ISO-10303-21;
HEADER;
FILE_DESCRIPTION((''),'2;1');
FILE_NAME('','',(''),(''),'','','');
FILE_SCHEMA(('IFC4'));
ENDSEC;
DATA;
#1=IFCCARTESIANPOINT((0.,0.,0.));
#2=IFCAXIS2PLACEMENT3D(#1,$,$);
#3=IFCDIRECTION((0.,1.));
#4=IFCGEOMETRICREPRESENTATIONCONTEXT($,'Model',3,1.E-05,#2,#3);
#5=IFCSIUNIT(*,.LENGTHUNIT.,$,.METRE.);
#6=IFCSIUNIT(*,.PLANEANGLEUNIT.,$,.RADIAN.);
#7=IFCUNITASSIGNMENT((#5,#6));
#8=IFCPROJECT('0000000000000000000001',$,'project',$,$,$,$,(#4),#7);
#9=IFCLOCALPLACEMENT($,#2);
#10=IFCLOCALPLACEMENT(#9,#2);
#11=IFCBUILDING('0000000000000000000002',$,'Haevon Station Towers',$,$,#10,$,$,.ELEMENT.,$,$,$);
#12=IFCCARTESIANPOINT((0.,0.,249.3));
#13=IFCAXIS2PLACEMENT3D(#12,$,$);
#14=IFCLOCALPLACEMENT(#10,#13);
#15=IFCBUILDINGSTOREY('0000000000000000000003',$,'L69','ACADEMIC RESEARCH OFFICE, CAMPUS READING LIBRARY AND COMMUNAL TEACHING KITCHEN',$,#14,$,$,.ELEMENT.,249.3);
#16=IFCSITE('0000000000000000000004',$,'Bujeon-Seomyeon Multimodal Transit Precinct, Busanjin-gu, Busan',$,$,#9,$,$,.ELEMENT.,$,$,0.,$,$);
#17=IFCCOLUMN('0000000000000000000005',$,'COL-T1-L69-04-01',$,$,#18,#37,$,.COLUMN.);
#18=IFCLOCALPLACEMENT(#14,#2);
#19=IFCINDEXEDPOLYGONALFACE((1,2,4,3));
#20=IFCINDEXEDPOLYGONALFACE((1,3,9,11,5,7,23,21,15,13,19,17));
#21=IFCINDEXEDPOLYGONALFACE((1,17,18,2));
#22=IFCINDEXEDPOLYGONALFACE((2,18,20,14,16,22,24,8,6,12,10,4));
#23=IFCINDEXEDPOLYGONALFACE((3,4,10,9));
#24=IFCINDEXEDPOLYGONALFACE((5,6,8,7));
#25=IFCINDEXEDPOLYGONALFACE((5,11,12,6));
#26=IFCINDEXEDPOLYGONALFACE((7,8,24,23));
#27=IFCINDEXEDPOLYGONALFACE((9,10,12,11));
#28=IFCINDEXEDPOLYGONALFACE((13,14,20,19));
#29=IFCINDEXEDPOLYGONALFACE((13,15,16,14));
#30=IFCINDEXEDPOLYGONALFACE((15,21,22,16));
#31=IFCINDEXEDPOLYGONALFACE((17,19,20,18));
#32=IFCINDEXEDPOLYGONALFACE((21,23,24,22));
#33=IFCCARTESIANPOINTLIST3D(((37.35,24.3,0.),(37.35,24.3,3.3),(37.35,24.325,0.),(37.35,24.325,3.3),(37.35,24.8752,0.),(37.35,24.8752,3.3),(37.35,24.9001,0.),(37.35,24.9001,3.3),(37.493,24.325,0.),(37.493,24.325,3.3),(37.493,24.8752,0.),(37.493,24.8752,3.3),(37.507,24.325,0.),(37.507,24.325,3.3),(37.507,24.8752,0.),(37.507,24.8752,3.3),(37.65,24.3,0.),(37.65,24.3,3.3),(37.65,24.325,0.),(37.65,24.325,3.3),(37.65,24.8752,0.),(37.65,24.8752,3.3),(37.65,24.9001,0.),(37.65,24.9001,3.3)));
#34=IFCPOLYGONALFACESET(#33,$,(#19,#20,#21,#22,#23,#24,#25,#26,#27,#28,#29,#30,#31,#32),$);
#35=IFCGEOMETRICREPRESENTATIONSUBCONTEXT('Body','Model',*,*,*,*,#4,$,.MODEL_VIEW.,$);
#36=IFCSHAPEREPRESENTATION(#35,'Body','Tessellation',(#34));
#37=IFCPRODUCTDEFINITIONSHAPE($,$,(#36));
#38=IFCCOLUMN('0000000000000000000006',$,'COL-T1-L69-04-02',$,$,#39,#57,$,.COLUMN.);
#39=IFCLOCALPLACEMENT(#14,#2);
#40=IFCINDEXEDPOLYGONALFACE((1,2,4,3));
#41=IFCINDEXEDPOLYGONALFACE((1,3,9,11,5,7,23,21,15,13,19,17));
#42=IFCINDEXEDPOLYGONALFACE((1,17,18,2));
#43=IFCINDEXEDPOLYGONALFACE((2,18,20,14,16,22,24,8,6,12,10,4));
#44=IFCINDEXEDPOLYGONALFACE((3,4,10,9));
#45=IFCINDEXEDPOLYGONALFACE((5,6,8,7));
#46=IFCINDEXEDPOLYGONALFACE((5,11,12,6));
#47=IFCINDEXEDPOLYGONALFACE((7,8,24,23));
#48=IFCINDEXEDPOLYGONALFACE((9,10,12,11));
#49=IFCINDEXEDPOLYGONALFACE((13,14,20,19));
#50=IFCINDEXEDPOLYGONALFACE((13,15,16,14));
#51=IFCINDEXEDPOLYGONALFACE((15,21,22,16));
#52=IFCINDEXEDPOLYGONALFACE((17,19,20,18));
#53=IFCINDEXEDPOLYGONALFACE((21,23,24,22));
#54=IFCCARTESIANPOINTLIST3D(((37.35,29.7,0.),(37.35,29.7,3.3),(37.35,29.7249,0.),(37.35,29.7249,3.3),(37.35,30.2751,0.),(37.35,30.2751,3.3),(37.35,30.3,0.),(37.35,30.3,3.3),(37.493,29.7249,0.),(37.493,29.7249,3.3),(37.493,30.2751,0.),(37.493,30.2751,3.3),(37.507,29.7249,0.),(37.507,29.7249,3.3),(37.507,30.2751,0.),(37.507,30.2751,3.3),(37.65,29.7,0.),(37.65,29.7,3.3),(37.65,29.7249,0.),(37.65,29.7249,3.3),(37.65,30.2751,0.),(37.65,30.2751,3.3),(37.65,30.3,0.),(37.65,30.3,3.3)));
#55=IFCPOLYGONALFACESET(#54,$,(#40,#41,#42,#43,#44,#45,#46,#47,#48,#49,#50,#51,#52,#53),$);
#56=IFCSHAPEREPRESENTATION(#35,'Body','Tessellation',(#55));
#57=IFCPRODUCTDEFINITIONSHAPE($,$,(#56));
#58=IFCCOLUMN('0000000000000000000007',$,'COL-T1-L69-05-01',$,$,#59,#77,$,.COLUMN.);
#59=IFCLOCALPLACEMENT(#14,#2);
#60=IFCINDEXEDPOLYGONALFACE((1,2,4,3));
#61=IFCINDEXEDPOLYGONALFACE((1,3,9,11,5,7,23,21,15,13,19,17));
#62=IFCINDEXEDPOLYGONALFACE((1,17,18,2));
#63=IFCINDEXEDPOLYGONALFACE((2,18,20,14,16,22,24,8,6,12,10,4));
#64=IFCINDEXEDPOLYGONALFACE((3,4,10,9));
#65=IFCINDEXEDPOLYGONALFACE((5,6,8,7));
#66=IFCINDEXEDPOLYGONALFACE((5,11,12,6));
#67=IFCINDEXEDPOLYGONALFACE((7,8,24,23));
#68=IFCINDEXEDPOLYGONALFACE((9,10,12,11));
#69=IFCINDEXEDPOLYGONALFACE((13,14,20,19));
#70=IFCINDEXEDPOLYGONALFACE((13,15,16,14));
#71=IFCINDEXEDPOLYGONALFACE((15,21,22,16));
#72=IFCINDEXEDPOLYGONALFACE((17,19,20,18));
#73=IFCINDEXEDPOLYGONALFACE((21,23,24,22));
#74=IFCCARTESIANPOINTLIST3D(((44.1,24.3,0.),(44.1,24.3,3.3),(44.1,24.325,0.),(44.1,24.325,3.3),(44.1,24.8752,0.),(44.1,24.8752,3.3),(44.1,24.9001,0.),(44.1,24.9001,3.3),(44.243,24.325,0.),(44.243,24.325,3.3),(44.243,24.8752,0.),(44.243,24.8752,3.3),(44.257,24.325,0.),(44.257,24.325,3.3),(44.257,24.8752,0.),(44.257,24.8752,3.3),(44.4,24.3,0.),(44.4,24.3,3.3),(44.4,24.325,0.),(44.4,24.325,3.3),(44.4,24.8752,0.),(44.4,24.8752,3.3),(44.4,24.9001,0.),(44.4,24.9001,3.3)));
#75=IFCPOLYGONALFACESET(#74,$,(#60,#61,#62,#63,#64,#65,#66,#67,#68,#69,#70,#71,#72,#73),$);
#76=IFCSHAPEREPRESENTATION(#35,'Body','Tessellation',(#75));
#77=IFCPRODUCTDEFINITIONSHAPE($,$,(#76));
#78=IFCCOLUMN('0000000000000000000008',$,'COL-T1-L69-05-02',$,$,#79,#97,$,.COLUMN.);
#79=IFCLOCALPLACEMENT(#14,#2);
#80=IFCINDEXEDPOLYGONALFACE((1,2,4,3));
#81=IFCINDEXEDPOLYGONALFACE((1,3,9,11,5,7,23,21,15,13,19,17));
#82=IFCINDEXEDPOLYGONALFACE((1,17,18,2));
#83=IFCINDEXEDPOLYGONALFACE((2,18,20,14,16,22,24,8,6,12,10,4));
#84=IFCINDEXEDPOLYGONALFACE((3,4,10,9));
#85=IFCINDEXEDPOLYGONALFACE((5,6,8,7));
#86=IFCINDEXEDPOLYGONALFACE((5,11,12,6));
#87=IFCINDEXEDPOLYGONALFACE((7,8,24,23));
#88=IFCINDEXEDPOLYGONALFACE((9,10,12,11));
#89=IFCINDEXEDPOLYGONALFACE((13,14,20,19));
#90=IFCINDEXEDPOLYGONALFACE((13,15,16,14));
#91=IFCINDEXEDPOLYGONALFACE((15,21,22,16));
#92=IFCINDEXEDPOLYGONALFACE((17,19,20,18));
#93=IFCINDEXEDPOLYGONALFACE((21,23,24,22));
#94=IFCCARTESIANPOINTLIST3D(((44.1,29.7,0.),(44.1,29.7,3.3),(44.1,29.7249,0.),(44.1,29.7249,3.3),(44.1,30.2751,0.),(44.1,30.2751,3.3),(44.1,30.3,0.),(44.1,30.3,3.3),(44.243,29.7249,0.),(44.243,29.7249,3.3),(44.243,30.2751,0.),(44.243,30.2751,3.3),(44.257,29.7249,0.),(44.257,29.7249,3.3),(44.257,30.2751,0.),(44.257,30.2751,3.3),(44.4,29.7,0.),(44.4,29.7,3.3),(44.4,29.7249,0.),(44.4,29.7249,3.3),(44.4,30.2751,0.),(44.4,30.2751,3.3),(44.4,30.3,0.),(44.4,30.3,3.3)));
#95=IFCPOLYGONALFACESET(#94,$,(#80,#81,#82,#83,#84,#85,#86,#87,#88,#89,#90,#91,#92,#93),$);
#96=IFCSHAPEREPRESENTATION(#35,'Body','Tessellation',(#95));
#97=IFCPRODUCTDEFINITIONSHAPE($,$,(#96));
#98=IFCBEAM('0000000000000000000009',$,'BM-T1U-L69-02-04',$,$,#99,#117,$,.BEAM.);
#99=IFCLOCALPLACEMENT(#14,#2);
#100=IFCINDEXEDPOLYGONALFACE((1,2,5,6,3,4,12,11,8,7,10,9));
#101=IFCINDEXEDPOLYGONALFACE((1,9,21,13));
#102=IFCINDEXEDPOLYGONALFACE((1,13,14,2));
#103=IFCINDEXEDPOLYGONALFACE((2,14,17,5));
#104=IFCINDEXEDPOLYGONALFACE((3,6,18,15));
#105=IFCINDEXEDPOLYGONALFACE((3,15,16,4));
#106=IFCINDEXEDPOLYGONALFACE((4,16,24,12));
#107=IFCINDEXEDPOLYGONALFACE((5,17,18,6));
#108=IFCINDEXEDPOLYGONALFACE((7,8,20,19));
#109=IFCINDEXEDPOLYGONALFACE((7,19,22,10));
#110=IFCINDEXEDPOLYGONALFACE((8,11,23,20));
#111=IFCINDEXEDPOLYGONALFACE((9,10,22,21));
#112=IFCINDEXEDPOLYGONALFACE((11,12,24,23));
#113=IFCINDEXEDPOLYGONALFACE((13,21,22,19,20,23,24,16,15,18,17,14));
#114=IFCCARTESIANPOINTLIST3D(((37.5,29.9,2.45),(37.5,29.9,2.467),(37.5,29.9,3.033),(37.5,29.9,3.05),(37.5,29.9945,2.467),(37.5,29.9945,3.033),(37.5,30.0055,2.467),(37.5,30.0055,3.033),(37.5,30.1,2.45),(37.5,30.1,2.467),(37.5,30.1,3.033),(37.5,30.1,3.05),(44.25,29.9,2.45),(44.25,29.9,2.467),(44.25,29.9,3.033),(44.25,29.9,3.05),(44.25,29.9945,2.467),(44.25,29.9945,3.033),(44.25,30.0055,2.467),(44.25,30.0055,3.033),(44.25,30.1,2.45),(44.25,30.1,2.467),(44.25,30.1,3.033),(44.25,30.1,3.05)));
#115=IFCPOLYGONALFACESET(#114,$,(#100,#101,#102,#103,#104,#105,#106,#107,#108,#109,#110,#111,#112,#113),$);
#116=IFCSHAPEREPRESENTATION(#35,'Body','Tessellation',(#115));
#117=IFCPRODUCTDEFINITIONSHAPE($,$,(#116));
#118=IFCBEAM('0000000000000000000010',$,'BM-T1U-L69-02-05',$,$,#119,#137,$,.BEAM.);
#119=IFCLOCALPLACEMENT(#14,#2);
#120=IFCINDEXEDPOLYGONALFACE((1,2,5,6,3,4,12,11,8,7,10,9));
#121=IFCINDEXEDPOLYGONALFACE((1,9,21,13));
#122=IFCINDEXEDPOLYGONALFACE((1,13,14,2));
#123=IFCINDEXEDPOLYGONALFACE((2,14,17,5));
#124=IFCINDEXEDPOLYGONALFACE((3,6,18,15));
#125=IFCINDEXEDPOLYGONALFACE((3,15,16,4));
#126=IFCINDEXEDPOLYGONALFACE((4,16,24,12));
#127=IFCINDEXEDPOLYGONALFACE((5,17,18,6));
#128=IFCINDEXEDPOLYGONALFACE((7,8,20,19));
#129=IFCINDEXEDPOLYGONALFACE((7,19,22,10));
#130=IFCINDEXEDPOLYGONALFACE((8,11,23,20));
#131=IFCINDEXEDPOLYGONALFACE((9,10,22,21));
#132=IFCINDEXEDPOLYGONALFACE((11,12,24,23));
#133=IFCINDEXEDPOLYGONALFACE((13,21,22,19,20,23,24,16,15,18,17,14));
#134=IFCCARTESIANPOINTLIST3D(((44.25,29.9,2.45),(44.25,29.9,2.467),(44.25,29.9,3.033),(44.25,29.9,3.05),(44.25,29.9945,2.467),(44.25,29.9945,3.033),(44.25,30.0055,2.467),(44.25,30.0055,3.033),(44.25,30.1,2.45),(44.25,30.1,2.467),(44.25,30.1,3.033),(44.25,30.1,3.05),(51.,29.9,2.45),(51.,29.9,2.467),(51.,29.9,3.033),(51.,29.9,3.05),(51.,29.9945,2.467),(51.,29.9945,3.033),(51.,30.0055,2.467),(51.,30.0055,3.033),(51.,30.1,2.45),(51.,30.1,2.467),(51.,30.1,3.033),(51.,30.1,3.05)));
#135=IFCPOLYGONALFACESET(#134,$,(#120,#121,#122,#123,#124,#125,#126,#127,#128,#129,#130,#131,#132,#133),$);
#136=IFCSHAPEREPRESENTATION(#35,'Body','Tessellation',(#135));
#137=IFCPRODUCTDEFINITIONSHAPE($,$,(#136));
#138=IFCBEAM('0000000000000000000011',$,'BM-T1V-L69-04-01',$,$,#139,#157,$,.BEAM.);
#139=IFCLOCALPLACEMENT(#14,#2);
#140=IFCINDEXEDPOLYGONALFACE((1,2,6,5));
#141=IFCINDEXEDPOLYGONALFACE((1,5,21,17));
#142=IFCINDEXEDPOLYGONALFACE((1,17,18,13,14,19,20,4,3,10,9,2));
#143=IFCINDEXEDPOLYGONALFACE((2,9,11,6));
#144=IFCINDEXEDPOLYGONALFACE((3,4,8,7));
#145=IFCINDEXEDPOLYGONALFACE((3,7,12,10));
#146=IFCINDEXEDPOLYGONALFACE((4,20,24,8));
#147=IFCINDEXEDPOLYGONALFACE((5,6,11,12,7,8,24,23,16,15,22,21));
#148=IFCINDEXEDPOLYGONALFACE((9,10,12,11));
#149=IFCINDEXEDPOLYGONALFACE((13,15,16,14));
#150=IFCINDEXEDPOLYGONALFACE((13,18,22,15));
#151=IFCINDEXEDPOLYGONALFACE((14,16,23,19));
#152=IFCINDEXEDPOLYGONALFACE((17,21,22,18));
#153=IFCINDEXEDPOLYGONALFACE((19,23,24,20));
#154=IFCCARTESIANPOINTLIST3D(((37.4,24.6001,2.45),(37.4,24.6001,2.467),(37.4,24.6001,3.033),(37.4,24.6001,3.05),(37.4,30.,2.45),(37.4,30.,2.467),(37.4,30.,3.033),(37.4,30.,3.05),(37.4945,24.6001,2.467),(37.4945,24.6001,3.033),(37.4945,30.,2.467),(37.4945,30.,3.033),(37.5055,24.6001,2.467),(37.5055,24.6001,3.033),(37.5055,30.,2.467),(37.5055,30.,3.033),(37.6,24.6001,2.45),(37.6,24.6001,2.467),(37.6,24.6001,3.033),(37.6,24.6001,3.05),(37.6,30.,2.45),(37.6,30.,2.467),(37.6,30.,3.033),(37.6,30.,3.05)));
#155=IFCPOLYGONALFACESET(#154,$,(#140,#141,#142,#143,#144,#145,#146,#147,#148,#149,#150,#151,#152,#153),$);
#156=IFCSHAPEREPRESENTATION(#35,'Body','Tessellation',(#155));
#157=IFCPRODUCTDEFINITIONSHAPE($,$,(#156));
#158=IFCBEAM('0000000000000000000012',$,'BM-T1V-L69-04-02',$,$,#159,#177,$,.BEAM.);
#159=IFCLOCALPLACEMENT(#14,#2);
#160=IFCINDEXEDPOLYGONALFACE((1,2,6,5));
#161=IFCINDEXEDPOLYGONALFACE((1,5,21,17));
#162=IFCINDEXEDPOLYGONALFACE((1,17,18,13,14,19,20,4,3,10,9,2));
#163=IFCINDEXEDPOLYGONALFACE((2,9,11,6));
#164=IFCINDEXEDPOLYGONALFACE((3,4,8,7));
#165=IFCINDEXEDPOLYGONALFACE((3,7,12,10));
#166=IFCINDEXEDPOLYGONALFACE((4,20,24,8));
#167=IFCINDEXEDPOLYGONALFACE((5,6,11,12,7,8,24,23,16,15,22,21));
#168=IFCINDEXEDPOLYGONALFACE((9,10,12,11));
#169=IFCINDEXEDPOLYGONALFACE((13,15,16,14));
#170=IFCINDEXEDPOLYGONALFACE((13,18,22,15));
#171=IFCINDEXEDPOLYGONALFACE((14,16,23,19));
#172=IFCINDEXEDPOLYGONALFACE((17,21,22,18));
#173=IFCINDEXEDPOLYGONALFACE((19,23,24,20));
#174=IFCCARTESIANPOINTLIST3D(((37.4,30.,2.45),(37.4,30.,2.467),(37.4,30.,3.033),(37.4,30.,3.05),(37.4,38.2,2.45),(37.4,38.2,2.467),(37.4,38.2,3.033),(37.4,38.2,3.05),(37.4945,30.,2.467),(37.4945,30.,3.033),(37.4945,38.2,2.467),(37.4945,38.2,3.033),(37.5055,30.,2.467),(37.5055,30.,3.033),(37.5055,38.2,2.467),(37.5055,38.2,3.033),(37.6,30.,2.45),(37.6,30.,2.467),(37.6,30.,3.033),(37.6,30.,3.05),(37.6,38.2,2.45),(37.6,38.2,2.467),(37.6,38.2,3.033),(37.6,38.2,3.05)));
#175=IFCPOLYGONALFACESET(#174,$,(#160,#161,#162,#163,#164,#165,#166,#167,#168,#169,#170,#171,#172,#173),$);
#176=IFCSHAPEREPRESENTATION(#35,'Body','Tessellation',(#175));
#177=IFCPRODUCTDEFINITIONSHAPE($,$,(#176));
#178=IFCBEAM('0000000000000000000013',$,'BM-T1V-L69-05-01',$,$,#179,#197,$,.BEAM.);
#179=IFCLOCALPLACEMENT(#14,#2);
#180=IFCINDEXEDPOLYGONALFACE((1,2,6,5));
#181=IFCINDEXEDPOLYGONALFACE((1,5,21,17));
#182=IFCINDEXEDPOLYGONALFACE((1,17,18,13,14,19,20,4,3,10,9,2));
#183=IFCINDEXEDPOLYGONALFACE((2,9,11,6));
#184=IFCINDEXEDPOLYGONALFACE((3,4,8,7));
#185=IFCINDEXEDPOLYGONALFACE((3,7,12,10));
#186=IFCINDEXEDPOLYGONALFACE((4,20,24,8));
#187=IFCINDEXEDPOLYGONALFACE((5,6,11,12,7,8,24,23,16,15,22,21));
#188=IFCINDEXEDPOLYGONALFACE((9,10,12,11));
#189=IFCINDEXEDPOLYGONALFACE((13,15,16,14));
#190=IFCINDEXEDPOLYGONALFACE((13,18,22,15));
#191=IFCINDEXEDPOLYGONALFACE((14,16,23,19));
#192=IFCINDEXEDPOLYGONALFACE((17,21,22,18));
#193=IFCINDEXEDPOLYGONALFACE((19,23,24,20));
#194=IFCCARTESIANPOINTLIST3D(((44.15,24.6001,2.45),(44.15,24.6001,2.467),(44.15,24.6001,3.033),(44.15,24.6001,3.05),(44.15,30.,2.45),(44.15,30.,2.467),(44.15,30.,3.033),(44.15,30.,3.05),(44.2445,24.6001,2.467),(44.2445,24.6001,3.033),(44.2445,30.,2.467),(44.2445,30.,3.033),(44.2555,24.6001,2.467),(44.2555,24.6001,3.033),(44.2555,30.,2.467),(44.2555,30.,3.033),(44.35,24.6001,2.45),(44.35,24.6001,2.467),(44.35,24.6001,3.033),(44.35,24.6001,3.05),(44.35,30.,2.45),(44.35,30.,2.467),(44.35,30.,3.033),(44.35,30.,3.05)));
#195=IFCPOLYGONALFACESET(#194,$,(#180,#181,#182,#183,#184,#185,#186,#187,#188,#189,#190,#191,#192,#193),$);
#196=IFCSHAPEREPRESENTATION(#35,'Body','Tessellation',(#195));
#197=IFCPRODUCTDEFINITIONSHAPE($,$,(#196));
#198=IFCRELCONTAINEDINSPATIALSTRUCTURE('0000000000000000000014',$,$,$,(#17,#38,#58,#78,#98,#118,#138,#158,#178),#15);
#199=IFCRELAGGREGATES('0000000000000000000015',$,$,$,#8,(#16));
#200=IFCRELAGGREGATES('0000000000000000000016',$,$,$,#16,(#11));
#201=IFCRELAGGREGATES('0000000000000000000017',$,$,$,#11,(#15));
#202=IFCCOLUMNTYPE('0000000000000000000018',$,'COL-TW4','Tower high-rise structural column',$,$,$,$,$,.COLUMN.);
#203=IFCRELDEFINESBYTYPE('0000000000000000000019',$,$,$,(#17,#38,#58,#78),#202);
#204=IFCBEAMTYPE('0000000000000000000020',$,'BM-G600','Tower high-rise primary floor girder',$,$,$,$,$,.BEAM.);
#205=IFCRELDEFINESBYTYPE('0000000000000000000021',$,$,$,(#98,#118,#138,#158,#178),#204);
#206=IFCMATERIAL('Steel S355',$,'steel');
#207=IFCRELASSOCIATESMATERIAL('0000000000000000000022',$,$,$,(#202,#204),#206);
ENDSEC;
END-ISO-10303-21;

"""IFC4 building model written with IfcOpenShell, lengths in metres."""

from ifc_helpers import new_model, si_unit, direction, frame, origin, origin_2d, place, context, subcontext, project, spatial, i_section, extrude, material, material_profile, profile_set, type_object, element, save


model = new_model("IFC4")

# Units and contexts
model_context = context("Model", 3, precision=1e-05, world=origin(), true_north=direction((0.0, 1.0)))
body_context = subcontext(model_context, "Body", "Model", "MODEL_VIEW")
ifc_project = project(units=[si_unit("LENGTHUNIT", "METRE"), si_unit("PLANEANGLEUNIT", "RADIAN")], contexts=[model_context])

# Site, building, storey
site_placement = place(None, origin())
site = spatial("IfcSite", under=ifc_project, at=site_placement, Name="Bujeon-Seomyeon Multimodal Transit Precinct, Busanjin-gu, Busan", CompositionType="ELEMENT", RefElevation=0.0)
building_placement = place(site_placement, origin())
building = spatial("IfcBuilding", under=site, at=building_placement, Name="Haevon Station Towers", CompositionType="ELEMENT")
storey_placement = place(building_placement, frame((0.0, 0.0, 249.3)))
storey = spatial("IfcBuildingStorey", under=building, at=storey_placement, Name="L69", Description="ACADEMIC RESEARCH OFFICE, CAMPUS READING LIBRARY AND COMMUNAL TEACHING KITCHEN", CompositionType="ELEMENT", Elevation=249.3)

# Columns
ifc_material_1 = material(Name="Steel S355", Category="steel")
ifc_material_profile_1 = material_profile(ifc_material_1, i_section(OverallWidth=0.3, OverallDepth=0.6001, WebThickness=0.0139, FlangeThickness=0.0249, at=origin_2d()), Name="H-600x300x14x25")
ifc_profile_set_1 = profile_set([ifc_material_profile_1], Name="Steel S355")
column_type = type_object("IfcColumnType", Name="COL-TW4", Description="Tower high-rise structural column", PredefinedType="COLUMN", material=ifc_profile_set_1)
for number, where, z_axis, x_axis, name in (
    (1, (37.5, 24.6001, 0.0), (0.0, 0.0, 1.0), (1.0, 0.0, 0.0), "COL-T1-L69-04-01"),
    (2, (37.5, 30.0, 0.0), (0.0, 0.0, 1.0), (1.0, 0.0, 0.0), "COL-T1-L69-04-02"),
    (3, (44.25, 24.6001, 0.0), (0.0, 0.0, 1.0), (1.0, 0.0, 0.0), "COL-T1-L69-05-01"),
    (4, (44.25, 30.0, 0.0), (0.0, 0.0, 1.0), (1.0, 0.0, 0.0), "COL-T1-L69-05-02"),
):
    element("IfcColumn", number, at=place(storey_placement, frame(where, z_axis=z_axis, x_axis=x_axis)), inside=storey, type_object=column_type, Name=name, PredefinedType="COLUMN", context=body_context, shape_type="SweptSolid", body=[
        extrude(i_section(OverallWidth=0.3, OverallDepth=0.6001, WebThickness=0.0139, FlangeThickness=0.0249, at=origin_2d()), origin(), (0.0, 0.0, 1.0), 3.3),
    ])

# Beams
ifc_material_profile_2 = material_profile(ifc_material_1, i_section(OverallWidth=0.2, OverallDepth=0.6001, WebThickness=0.011, FlangeThickness=0.0171, at=origin_2d()), Name="H-600x200x11x17")
ifc_profile_set_2 = profile_set([ifc_material_profile_2], Name="Steel S355")
beam_type_1 = type_object("IfcBeamType", Name="BM-G600", Description="Tower high-rise primary floor girder", PredefinedType="BEAM", material=ifc_profile_set_2)
for number, where, z_axis, x_axis, name in (
    (5, (37.5, 30.0, 2.75), (1.0, 0.0, 0.0), (0.0, 1.0, 0.0), "BM-T1U-L69-02-04"),
    (6, (44.25, 30.0, 2.75), (1.0, 0.0, 0.0), (0.0, 1.0, 0.0), "BM-T1U-L69-02-05"),
):
    element("IfcBeam", number, at=place(storey_placement, frame(where, z_axis=z_axis, x_axis=x_axis)), inside=storey, type_object=beam_type_1, Name=name, PredefinedType="BEAM", context=body_context, shape_type="SweptSolid", body=[
        extrude(i_section(OverallWidth=0.2, OverallDepth=0.6001, WebThickness=0.011, FlangeThickness=0.0171, at=origin_2d()), origin(), (0.0, 0.0, 1.0), 6.75),
    ])
beam_1_placement = place(storey_placement, frame((37.5, 24.6001, 2.75), z_axis=(0.0, 1.0, 0.0), x_axis=(-1.0, 0.0, 0.0)))
element("IfcBeam", 7, at=beam_1_placement, inside=storey, type_object=beam_type_1, Name="BM-T1V-L69-04-01", PredefinedType="BEAM", context=body_context, shape_type="SweptSolid", body=[
    extrude(i_section(OverallWidth=0.2, OverallDepth=0.6001, WebThickness=0.011, FlangeThickness=0.0171, at=origin_2d()), origin(), (0.0, 0.0, 1.0), 5.3999),
])
beam_2_placement = place(storey_placement, frame((37.5, 30.0, 2.75), z_axis=(0.0, 1.0, 0.0), x_axis=(-1.0, 0.0, 0.0)))
element("IfcBeam", 8, at=beam_2_placement, inside=storey, type_object=beam_type_1, Name="BM-T1V-L69-04-02", PredefinedType="BEAM", context=body_context, shape_type="SweptSolid", body=[
    extrude(i_section(OverallWidth=0.2, OverallDepth=0.6001, WebThickness=0.011, FlangeThickness=0.0171, at=origin_2d()), origin(), (0.0, 0.0, 1.0), 8.2),
])
beam_3_placement = place(storey_placement, frame((44.25, 24.6001, 2.75), z_axis=(0.0, 1.0, 0.0), x_axis=(-1.0, 0.0, 0.0)))
element("IfcBeam", 9, at=beam_3_placement, inside=storey, type_object=beam_type_1, Name="BM-T1V-L69-05-01", PredefinedType="BEAM", context=body_context, shape_type="SweptSolid", body=[
    extrude(i_section(OverallWidth=0.2, OverallDepth=0.6001, WebThickness=0.011, FlangeThickness=0.0171, at=origin_2d()), origin(), (0.0, 0.0, 1.0), 5.3999),
])

save(model, "model.ifc")
